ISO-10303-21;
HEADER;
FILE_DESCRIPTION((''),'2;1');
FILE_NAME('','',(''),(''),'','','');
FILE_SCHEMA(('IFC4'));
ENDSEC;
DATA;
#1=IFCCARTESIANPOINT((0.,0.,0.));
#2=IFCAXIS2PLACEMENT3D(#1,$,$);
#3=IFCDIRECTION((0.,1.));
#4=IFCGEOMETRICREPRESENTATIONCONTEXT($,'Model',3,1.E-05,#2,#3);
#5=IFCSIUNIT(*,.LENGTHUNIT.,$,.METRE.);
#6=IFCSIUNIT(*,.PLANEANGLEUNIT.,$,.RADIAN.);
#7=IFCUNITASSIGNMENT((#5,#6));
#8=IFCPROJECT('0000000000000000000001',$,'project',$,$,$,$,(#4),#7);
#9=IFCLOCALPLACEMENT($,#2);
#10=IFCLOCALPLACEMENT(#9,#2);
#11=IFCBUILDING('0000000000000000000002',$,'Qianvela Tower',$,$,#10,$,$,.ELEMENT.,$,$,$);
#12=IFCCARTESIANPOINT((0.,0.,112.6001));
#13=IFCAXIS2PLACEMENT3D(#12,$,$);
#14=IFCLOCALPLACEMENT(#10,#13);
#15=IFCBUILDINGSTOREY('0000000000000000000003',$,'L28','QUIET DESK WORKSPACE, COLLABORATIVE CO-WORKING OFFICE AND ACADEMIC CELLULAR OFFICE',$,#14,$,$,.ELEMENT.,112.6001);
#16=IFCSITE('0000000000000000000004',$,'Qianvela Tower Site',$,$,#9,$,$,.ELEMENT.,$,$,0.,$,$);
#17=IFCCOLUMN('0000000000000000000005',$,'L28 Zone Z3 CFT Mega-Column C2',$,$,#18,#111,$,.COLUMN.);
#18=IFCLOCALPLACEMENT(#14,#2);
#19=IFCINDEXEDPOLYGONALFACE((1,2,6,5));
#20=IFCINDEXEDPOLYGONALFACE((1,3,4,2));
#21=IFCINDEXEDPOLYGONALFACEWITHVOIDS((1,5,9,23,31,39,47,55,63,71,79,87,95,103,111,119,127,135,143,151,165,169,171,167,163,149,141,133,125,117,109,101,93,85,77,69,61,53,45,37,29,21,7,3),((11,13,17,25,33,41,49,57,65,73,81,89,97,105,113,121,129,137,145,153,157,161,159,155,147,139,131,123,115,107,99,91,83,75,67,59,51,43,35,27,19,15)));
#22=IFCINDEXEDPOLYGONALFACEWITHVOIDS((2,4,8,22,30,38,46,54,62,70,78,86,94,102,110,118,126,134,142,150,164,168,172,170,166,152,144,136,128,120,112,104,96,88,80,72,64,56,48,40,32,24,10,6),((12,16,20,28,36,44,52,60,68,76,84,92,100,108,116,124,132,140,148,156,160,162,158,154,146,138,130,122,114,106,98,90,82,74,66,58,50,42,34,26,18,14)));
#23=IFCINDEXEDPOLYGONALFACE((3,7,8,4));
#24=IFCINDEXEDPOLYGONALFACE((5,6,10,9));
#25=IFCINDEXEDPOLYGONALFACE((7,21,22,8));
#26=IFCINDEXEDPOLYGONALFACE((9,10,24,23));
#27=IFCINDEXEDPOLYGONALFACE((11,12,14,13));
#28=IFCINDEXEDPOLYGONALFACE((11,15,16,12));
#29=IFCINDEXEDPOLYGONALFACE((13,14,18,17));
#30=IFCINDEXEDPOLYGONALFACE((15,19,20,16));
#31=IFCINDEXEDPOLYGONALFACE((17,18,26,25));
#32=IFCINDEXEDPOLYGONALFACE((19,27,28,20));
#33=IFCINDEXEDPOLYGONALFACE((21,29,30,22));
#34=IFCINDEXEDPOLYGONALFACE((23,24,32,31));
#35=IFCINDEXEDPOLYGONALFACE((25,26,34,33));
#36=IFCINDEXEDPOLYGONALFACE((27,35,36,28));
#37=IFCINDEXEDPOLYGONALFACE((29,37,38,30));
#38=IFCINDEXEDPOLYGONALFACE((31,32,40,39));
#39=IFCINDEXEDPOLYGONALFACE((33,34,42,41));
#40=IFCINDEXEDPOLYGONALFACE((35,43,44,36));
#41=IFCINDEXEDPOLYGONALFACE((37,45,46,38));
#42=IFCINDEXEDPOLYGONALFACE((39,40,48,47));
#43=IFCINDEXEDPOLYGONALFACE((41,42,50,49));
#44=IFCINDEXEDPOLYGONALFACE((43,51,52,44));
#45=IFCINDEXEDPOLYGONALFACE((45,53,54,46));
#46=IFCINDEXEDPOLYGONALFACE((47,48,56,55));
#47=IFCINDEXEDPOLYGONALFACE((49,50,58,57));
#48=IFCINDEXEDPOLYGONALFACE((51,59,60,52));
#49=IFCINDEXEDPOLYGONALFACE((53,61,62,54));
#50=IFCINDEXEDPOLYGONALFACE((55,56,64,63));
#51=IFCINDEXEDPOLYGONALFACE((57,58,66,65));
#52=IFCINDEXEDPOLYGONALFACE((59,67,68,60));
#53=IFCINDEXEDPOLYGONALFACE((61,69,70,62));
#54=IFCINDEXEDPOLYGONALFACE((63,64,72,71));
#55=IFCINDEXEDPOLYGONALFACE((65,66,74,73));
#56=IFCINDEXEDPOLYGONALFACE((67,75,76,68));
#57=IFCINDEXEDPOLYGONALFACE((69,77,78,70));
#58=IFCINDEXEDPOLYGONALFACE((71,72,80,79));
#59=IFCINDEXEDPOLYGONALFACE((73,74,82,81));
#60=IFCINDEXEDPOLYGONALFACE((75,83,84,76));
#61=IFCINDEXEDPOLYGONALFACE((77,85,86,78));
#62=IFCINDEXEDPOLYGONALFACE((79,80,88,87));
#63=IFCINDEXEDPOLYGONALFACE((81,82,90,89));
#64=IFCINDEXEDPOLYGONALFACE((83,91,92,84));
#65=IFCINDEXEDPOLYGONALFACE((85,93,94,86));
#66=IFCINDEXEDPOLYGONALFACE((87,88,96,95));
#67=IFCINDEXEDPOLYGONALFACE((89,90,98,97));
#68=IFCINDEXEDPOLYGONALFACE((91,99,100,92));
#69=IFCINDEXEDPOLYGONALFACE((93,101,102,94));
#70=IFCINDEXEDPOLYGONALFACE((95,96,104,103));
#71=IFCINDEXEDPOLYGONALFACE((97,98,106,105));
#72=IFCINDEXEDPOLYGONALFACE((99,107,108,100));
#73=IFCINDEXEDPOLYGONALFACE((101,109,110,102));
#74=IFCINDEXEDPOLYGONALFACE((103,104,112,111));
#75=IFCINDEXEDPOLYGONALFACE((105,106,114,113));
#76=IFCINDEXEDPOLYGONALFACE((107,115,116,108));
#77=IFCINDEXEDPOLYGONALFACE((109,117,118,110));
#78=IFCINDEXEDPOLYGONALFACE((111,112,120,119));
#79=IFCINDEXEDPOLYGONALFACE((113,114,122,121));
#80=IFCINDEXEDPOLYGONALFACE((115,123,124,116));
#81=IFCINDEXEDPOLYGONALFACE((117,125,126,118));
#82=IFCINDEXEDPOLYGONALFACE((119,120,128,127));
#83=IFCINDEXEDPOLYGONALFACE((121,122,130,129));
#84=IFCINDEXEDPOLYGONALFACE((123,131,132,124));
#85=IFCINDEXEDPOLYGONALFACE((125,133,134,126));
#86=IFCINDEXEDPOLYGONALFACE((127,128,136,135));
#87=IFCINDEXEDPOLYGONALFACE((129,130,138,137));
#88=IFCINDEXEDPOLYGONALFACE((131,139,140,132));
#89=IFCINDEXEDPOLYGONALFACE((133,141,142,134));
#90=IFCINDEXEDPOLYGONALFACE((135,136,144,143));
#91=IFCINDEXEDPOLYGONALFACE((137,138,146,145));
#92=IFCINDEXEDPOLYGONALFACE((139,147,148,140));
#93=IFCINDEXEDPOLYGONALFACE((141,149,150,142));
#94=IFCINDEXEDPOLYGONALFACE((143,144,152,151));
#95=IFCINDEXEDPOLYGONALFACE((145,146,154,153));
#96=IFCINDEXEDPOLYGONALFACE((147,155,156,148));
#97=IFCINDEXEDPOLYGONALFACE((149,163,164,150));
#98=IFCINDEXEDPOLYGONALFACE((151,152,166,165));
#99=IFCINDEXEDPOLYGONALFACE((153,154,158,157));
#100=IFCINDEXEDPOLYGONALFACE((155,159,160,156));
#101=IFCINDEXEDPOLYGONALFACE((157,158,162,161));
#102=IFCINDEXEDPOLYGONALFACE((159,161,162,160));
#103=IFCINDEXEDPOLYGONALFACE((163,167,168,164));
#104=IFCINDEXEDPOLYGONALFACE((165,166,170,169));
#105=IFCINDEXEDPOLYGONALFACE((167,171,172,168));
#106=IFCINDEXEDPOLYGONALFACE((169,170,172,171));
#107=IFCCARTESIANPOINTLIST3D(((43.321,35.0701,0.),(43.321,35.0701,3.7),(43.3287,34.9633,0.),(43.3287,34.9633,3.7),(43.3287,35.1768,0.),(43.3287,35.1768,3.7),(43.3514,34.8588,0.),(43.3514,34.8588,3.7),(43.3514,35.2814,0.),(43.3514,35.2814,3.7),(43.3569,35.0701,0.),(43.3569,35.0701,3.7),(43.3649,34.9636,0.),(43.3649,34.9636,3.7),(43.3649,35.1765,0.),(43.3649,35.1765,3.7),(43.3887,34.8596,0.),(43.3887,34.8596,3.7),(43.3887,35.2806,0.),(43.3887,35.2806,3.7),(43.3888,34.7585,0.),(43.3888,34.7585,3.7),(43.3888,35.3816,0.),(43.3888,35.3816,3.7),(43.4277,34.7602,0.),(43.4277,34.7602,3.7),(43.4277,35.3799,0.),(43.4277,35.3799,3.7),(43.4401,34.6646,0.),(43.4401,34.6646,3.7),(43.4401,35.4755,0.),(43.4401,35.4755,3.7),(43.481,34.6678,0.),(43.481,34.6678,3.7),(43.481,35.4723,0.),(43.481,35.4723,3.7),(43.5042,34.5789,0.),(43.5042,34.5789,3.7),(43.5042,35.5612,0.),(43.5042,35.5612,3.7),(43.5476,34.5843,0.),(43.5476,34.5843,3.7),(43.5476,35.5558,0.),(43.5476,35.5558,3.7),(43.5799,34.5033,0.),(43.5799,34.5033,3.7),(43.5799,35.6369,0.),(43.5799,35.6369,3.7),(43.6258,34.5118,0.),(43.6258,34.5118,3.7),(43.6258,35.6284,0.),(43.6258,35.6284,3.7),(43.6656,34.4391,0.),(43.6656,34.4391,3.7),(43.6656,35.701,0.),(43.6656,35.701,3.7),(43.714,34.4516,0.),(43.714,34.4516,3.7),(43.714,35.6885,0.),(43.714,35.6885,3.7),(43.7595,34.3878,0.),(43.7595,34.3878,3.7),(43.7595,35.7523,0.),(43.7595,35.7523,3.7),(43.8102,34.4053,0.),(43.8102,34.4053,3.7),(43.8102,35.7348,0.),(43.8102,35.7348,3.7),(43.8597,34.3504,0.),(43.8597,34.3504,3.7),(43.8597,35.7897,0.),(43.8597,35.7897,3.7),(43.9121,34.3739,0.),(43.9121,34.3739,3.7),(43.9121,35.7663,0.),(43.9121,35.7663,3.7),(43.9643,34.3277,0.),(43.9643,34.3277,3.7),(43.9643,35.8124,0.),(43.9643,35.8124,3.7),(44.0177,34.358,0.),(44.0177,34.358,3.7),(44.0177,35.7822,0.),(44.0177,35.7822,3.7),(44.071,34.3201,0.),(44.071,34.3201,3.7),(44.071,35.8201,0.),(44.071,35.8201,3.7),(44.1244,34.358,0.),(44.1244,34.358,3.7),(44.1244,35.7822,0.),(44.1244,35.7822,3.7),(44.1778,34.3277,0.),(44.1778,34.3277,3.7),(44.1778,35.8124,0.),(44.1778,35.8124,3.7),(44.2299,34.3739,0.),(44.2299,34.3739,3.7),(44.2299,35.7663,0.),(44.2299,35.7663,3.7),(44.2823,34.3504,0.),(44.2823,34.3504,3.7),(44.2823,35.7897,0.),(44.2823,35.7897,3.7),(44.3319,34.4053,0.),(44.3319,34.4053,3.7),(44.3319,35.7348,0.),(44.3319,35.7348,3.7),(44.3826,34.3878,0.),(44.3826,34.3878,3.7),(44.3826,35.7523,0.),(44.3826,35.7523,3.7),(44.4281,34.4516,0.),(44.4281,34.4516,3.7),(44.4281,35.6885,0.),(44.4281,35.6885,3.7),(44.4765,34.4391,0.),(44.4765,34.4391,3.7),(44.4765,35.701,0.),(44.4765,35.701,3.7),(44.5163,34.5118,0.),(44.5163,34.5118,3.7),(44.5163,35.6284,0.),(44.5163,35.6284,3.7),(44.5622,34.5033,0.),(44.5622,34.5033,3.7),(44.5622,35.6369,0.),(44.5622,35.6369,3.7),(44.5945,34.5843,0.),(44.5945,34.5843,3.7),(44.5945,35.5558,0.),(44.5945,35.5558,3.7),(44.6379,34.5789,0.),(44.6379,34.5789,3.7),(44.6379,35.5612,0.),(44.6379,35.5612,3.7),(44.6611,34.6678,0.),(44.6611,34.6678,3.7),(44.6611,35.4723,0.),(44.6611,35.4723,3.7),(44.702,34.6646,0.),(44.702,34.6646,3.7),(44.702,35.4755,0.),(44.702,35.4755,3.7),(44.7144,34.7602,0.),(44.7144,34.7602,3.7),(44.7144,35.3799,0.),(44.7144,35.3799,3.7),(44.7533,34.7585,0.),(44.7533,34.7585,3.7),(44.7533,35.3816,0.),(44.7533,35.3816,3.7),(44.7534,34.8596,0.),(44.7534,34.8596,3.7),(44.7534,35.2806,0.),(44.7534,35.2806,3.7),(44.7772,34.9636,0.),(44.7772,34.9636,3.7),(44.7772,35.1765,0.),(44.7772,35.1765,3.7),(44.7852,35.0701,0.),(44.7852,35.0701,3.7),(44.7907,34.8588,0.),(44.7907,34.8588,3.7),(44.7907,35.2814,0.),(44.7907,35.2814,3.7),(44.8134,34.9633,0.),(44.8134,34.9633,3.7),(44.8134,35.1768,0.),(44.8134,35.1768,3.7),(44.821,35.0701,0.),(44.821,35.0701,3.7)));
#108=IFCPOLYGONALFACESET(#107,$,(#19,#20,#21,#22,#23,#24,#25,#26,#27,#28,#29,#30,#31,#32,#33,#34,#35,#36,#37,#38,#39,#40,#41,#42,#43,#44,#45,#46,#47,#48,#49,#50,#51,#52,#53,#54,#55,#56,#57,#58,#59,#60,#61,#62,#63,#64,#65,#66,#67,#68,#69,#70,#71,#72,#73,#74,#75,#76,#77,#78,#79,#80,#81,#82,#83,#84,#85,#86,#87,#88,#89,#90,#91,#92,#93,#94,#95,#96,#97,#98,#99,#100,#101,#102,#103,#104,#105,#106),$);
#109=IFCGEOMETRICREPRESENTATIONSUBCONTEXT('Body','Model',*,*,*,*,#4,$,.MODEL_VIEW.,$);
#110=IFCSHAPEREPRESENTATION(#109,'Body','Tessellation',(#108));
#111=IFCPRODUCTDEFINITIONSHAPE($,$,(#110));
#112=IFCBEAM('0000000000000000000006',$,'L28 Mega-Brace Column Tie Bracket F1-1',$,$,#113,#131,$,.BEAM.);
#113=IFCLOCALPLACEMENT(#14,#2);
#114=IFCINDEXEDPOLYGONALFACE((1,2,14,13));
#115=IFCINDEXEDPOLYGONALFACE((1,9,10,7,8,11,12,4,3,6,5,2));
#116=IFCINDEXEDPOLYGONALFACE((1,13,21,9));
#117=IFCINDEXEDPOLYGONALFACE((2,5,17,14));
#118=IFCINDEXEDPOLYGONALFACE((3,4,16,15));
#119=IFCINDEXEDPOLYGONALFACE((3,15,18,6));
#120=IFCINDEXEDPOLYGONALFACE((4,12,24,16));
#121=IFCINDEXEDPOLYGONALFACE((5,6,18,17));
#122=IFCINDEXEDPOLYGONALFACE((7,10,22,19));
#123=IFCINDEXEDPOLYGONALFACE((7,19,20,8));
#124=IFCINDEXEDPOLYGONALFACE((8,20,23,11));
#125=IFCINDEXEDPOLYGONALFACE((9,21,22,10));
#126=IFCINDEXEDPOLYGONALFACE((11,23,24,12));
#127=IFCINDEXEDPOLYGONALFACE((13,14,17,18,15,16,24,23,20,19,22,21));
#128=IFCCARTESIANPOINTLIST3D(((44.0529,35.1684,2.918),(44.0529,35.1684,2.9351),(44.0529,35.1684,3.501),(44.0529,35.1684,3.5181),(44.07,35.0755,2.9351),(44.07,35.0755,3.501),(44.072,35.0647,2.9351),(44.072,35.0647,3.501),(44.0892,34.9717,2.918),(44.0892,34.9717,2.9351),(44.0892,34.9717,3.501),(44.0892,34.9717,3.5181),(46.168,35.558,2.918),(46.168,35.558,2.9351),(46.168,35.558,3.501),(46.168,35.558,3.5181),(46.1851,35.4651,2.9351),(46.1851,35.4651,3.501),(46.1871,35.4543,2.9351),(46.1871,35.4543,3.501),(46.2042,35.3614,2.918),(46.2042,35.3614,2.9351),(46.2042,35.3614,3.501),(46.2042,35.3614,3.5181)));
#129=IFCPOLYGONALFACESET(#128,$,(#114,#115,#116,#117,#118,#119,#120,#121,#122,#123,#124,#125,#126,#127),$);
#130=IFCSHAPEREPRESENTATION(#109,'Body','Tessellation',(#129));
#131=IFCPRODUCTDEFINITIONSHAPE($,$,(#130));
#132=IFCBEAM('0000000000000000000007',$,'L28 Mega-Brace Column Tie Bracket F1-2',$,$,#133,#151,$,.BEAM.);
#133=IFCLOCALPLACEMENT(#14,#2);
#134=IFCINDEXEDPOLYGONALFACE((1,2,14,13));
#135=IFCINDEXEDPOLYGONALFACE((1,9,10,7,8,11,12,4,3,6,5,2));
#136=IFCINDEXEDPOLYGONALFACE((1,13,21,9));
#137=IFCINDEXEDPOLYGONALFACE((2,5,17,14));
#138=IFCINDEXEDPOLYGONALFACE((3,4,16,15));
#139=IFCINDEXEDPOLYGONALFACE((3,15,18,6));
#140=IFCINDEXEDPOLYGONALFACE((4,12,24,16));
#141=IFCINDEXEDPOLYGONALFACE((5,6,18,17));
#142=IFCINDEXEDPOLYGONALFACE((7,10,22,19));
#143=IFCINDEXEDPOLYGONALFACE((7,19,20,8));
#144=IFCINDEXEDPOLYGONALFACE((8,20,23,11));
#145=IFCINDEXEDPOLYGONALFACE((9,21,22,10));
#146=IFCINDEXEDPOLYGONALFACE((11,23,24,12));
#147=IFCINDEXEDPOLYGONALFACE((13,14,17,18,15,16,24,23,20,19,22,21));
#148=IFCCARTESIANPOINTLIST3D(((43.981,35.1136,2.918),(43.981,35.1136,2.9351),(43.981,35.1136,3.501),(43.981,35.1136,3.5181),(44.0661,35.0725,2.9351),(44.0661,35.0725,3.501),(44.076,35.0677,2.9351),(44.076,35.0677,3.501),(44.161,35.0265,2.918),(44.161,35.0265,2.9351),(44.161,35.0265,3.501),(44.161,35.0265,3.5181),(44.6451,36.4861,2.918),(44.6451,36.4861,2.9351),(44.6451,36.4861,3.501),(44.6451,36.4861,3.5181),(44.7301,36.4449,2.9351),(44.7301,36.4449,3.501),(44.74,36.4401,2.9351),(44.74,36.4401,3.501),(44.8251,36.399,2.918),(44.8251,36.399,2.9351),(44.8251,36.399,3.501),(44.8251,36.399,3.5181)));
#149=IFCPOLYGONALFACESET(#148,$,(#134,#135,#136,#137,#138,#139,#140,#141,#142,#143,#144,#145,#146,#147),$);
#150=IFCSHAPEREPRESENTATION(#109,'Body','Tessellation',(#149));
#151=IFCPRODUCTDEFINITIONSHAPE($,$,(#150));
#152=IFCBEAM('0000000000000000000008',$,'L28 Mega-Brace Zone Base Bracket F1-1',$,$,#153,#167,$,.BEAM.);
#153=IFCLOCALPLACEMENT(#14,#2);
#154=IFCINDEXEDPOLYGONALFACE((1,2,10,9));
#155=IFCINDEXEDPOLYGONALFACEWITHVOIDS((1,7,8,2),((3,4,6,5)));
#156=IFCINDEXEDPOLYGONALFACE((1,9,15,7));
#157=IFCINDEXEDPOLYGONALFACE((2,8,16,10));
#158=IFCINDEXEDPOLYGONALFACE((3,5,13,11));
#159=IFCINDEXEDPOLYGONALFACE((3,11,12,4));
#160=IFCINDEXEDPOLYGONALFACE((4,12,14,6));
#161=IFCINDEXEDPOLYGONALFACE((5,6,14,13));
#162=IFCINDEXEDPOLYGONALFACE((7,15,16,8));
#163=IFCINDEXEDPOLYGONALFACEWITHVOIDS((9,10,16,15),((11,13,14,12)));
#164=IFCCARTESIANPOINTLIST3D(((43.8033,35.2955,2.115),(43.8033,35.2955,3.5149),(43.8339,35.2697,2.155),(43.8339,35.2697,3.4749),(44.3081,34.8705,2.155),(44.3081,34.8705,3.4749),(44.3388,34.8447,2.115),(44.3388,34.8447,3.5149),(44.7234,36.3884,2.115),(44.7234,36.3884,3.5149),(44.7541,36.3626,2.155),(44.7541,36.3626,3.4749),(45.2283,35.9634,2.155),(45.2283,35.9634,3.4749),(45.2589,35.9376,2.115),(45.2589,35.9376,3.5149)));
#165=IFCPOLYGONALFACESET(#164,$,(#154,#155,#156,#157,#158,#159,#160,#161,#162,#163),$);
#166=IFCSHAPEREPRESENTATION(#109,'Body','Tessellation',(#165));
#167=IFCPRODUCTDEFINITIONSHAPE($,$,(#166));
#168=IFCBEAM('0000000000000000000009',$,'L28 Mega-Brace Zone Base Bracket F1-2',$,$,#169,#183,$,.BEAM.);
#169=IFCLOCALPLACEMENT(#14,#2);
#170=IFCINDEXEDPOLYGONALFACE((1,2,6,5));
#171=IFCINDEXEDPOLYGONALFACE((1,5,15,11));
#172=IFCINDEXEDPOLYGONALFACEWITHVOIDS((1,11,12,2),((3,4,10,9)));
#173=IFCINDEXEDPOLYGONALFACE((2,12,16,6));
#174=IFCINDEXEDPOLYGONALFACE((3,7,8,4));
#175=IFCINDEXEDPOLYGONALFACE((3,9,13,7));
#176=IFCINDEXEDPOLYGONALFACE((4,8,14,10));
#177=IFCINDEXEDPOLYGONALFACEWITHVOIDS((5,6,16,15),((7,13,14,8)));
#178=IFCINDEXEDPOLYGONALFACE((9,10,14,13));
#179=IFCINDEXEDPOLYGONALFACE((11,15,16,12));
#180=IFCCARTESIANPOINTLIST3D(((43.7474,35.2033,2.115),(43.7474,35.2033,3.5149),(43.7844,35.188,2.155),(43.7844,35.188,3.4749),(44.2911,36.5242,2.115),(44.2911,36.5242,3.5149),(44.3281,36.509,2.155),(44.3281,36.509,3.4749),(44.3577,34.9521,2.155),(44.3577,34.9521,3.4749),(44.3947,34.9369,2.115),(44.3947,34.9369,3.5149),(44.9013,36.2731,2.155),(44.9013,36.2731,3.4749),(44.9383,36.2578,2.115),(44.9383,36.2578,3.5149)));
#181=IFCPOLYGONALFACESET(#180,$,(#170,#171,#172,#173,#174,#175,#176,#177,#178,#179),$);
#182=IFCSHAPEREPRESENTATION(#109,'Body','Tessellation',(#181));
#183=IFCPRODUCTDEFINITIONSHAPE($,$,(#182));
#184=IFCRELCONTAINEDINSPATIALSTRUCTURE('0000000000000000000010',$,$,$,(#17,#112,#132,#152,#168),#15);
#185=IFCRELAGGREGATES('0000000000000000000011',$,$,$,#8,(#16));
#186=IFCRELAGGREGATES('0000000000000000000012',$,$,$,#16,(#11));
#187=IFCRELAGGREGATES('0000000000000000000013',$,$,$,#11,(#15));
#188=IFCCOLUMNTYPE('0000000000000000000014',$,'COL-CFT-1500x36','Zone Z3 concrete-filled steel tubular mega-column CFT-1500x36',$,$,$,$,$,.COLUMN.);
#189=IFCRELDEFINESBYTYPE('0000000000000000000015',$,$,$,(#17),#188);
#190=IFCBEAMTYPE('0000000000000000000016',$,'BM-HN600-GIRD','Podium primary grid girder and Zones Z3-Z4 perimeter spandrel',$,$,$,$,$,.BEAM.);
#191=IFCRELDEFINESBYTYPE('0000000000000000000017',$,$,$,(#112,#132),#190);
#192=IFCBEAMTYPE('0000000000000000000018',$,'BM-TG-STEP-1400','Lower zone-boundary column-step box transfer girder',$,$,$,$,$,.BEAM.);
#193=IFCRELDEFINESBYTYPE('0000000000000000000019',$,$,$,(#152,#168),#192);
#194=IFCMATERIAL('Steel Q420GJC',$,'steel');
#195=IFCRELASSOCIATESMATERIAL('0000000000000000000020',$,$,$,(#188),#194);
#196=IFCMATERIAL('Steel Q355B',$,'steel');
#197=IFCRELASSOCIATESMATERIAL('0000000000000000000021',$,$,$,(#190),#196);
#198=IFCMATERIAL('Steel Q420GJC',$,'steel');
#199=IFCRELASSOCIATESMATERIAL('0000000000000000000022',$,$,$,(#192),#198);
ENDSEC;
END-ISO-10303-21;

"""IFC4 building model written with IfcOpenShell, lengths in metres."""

from ifc_helpers import new_model, si_unit, direction, frame, origin, origin_2d, place, context, subcontext, project, spatial, hollow_rectangle, hollow_circle, i_section, extrude, material, material_profile, profile_set, type_object, element, save


model = new_model("IFC4")

# Units and contexts
model_context = context("Model", 3, precision=1e-05, world=origin(), true_north=direction((0.0, 1.0)))
body_context = subcontext(model_context, "Body", "Model", "MODEL_VIEW")
ifc_project = project(units=[si_unit("LENGTHUNIT", "METRE"), si_unit("PLANEANGLEUNIT", "RADIAN")], contexts=[model_context])

# Site, building, storey
site_placement = place(None, origin())
site = spatial("IfcSite", under=ifc_project, at=site_placement, Name="Qianvela Tower Site", CompositionType="ELEMENT", RefElevation=0.0)
building_placement = place(site_placement, origin())
building = spatial("IfcBuilding", under=site, at=building_placement, Name="Qianvela Tower", CompositionType="ELEMENT")
storey_placement = place(building_placement, frame((0.0, 0.0, 112.6001)))
storey = spatial("IfcBuildingStorey", under=building, at=storey_placement, Name="L28", Description="QUIET DESK WORKSPACE, COLLABORATIVE CO-WORKING OFFICE AND ACADEMIC CELLULAR OFFICE", CompositionType="ELEMENT", Elevation=112.6001)

# Column
ifc_material_1 = material(Name="Steel Q420GJC", Category="steel")
ifc_material_profile_1 = material_profile(ifc_material_1, hollow_circle(Radius=0.75, WallThickness=0.0359, at=origin_2d()), Name="CFT-1500x36")
ifc_profile_set_1 = profile_set([ifc_material_profile_1], Name="Steel Q420GJC")
column_type = type_object("IfcColumnType", Name="COL-CFT-1500x36", Description="Zone Z3 concrete-filled steel tubular mega-column CFT-1500x36", PredefinedType="COLUMN", material=ifc_profile_set_1)
column_placement = place(storey_placement, frame((44.071, 35.0701, 0.0), z_axis=(0.0, 0.0, 1.0), x_axis=(1.0, 0.0, 0.0)))
element("IfcColumn", 1, at=column_placement, inside=storey, type_object=column_type, Name="L28 Zone Z3 CFT Mega-Column C2", PredefinedType="COLUMN", context=body_context, shape_type="SweptSolid", body=[
    extrude(hollow_circle(Radius=0.75, WallThickness=0.0359, at=origin_2d()), origin(), (0.0, 0.0, 1.0), 3.7),
])

# Beams
ifc_material_2 = material(Name="Steel Q355B", Category="steel")
ifc_material_profile_2 = material_profile(ifc_material_2, i_section(OverallWidth=0.2, OverallDepth=0.6001, WebThickness=0.011, FlangeThickness=0.0171, at=origin_2d()), Name="HN600x200x11x17")
ifc_profile_set_2 = profile_set([ifc_material_profile_2], Name="Steel Q355B")
beam_type_1 = type_object("IfcBeamType", Name="BM-HN600-GIRD", Description="Podium primary grid girder and Zones Z3-Z4 perimeter spandrel", PredefinedType="BEAM", material=ifc_profile_set_2)
beam_1_placement = place(storey_placement, frame((44.071, 35.0701, 3.218), z_axis=(0.983449, 0.181183, 0.0), x_axis=(-0.181183, 0.983449, 0.0)))
element("IfcBeam", 2, at=beam_1_placement, inside=storey, type_object=beam_type_1, Name="L28 Mega-Brace Column Tie Bracket F1-1", PredefinedType="BEAM", context=body_context, shape_type="SweptSolid", body=[
    extrude(i_section(OverallWidth=0.2, OverallDepth=0.6001, WebThickness=0.011, FlangeThickness=0.0171, at=origin_2d()), origin(), (0.0, 0.0, 1.0), 2.1506),
])
beam_2_placement = place(storey_placement, frame((44.071, 35.0701, 3.218), z_axis=(0.435519, 0.90018, 0.0), x_axis=(-0.90018, 0.435519, 0.0)))
element("IfcBeam", 3, at=beam_2_placement, inside=storey, type_object=beam_type_1, Name="L28 Mega-Brace Column Tie Bracket F1-2", PredefinedType="BEAM", context=body_context, shape_type="SweptSolid", body=[
    extrude(i_section(OverallWidth=0.2, OverallDepth=0.6001, WebThickness=0.011, FlangeThickness=0.0171, at=origin_2d()), origin(), (0.0, 0.0, 1.0), 1.5247),
])
ifc_material_3 = material(Name="Steel Q420GJC", Category="steel")
ifc_material_profile_3 = material_profile(ifc_material_3, hollow_rectangle(XDim=0.7, YDim=1.3999, WallThickness=0.04, at=origin_2d()), Name="TG-BOX-1400x700x40")
ifc_profile_set_3 = profile_set([ifc_material_profile_3], Name="Steel Q420GJC")
beam_type_2 = type_object("IfcBeamType", Name="BM-TG-STEP-1400", Description="Lower zone-boundary column-step box transfer girder", PredefinedType="BEAM", material=ifc_profile_set_3)
beam_3_placement = place(storey_placement, frame((44.071, 35.0701, 2.8149), z_axis=(0.644025, 0.765004, 0.0), x_axis=(-0.765004, 0.644025, 0.0)))
element("IfcBeam", 4, at=beam_3_placement, inside=storey, type_object=beam_type_2, Name="L28 Mega-Brace Zone Base Bracket F1-1", PredefinedType="BEAM", context=body_context, shape_type="SweptSolid", body=[
    extrude(hollow_rectangle(XDim=0.7, YDim=1.3999, WallThickness=0.04, at=origin_2d()), origin(), (0.0, 0.0, 1.0), 1.4287),
])
beam_4_placement = place(storey_placement, frame((44.071, 35.0701, 2.8149), z_axis=(0.380595, 0.924742, 0.0), x_axis=(-0.924742, 0.380595, 0.0)))
element("IfcBeam", 5, at=beam_4_placement, inside=storey, type_object=beam_type_2, Name="L28 Mega-Brace Zone Base Bracket F1-2", PredefinedType="BEAM", context=body_context, shape_type="SweptSolid", body=[
    extrude(hollow_rectangle(XDim=0.7, YDim=1.3999, WallThickness=0.04, at=origin_2d()), origin(), (0.0, 0.0, 1.0), 1.4285),
])

save(model, "model.ifc")
